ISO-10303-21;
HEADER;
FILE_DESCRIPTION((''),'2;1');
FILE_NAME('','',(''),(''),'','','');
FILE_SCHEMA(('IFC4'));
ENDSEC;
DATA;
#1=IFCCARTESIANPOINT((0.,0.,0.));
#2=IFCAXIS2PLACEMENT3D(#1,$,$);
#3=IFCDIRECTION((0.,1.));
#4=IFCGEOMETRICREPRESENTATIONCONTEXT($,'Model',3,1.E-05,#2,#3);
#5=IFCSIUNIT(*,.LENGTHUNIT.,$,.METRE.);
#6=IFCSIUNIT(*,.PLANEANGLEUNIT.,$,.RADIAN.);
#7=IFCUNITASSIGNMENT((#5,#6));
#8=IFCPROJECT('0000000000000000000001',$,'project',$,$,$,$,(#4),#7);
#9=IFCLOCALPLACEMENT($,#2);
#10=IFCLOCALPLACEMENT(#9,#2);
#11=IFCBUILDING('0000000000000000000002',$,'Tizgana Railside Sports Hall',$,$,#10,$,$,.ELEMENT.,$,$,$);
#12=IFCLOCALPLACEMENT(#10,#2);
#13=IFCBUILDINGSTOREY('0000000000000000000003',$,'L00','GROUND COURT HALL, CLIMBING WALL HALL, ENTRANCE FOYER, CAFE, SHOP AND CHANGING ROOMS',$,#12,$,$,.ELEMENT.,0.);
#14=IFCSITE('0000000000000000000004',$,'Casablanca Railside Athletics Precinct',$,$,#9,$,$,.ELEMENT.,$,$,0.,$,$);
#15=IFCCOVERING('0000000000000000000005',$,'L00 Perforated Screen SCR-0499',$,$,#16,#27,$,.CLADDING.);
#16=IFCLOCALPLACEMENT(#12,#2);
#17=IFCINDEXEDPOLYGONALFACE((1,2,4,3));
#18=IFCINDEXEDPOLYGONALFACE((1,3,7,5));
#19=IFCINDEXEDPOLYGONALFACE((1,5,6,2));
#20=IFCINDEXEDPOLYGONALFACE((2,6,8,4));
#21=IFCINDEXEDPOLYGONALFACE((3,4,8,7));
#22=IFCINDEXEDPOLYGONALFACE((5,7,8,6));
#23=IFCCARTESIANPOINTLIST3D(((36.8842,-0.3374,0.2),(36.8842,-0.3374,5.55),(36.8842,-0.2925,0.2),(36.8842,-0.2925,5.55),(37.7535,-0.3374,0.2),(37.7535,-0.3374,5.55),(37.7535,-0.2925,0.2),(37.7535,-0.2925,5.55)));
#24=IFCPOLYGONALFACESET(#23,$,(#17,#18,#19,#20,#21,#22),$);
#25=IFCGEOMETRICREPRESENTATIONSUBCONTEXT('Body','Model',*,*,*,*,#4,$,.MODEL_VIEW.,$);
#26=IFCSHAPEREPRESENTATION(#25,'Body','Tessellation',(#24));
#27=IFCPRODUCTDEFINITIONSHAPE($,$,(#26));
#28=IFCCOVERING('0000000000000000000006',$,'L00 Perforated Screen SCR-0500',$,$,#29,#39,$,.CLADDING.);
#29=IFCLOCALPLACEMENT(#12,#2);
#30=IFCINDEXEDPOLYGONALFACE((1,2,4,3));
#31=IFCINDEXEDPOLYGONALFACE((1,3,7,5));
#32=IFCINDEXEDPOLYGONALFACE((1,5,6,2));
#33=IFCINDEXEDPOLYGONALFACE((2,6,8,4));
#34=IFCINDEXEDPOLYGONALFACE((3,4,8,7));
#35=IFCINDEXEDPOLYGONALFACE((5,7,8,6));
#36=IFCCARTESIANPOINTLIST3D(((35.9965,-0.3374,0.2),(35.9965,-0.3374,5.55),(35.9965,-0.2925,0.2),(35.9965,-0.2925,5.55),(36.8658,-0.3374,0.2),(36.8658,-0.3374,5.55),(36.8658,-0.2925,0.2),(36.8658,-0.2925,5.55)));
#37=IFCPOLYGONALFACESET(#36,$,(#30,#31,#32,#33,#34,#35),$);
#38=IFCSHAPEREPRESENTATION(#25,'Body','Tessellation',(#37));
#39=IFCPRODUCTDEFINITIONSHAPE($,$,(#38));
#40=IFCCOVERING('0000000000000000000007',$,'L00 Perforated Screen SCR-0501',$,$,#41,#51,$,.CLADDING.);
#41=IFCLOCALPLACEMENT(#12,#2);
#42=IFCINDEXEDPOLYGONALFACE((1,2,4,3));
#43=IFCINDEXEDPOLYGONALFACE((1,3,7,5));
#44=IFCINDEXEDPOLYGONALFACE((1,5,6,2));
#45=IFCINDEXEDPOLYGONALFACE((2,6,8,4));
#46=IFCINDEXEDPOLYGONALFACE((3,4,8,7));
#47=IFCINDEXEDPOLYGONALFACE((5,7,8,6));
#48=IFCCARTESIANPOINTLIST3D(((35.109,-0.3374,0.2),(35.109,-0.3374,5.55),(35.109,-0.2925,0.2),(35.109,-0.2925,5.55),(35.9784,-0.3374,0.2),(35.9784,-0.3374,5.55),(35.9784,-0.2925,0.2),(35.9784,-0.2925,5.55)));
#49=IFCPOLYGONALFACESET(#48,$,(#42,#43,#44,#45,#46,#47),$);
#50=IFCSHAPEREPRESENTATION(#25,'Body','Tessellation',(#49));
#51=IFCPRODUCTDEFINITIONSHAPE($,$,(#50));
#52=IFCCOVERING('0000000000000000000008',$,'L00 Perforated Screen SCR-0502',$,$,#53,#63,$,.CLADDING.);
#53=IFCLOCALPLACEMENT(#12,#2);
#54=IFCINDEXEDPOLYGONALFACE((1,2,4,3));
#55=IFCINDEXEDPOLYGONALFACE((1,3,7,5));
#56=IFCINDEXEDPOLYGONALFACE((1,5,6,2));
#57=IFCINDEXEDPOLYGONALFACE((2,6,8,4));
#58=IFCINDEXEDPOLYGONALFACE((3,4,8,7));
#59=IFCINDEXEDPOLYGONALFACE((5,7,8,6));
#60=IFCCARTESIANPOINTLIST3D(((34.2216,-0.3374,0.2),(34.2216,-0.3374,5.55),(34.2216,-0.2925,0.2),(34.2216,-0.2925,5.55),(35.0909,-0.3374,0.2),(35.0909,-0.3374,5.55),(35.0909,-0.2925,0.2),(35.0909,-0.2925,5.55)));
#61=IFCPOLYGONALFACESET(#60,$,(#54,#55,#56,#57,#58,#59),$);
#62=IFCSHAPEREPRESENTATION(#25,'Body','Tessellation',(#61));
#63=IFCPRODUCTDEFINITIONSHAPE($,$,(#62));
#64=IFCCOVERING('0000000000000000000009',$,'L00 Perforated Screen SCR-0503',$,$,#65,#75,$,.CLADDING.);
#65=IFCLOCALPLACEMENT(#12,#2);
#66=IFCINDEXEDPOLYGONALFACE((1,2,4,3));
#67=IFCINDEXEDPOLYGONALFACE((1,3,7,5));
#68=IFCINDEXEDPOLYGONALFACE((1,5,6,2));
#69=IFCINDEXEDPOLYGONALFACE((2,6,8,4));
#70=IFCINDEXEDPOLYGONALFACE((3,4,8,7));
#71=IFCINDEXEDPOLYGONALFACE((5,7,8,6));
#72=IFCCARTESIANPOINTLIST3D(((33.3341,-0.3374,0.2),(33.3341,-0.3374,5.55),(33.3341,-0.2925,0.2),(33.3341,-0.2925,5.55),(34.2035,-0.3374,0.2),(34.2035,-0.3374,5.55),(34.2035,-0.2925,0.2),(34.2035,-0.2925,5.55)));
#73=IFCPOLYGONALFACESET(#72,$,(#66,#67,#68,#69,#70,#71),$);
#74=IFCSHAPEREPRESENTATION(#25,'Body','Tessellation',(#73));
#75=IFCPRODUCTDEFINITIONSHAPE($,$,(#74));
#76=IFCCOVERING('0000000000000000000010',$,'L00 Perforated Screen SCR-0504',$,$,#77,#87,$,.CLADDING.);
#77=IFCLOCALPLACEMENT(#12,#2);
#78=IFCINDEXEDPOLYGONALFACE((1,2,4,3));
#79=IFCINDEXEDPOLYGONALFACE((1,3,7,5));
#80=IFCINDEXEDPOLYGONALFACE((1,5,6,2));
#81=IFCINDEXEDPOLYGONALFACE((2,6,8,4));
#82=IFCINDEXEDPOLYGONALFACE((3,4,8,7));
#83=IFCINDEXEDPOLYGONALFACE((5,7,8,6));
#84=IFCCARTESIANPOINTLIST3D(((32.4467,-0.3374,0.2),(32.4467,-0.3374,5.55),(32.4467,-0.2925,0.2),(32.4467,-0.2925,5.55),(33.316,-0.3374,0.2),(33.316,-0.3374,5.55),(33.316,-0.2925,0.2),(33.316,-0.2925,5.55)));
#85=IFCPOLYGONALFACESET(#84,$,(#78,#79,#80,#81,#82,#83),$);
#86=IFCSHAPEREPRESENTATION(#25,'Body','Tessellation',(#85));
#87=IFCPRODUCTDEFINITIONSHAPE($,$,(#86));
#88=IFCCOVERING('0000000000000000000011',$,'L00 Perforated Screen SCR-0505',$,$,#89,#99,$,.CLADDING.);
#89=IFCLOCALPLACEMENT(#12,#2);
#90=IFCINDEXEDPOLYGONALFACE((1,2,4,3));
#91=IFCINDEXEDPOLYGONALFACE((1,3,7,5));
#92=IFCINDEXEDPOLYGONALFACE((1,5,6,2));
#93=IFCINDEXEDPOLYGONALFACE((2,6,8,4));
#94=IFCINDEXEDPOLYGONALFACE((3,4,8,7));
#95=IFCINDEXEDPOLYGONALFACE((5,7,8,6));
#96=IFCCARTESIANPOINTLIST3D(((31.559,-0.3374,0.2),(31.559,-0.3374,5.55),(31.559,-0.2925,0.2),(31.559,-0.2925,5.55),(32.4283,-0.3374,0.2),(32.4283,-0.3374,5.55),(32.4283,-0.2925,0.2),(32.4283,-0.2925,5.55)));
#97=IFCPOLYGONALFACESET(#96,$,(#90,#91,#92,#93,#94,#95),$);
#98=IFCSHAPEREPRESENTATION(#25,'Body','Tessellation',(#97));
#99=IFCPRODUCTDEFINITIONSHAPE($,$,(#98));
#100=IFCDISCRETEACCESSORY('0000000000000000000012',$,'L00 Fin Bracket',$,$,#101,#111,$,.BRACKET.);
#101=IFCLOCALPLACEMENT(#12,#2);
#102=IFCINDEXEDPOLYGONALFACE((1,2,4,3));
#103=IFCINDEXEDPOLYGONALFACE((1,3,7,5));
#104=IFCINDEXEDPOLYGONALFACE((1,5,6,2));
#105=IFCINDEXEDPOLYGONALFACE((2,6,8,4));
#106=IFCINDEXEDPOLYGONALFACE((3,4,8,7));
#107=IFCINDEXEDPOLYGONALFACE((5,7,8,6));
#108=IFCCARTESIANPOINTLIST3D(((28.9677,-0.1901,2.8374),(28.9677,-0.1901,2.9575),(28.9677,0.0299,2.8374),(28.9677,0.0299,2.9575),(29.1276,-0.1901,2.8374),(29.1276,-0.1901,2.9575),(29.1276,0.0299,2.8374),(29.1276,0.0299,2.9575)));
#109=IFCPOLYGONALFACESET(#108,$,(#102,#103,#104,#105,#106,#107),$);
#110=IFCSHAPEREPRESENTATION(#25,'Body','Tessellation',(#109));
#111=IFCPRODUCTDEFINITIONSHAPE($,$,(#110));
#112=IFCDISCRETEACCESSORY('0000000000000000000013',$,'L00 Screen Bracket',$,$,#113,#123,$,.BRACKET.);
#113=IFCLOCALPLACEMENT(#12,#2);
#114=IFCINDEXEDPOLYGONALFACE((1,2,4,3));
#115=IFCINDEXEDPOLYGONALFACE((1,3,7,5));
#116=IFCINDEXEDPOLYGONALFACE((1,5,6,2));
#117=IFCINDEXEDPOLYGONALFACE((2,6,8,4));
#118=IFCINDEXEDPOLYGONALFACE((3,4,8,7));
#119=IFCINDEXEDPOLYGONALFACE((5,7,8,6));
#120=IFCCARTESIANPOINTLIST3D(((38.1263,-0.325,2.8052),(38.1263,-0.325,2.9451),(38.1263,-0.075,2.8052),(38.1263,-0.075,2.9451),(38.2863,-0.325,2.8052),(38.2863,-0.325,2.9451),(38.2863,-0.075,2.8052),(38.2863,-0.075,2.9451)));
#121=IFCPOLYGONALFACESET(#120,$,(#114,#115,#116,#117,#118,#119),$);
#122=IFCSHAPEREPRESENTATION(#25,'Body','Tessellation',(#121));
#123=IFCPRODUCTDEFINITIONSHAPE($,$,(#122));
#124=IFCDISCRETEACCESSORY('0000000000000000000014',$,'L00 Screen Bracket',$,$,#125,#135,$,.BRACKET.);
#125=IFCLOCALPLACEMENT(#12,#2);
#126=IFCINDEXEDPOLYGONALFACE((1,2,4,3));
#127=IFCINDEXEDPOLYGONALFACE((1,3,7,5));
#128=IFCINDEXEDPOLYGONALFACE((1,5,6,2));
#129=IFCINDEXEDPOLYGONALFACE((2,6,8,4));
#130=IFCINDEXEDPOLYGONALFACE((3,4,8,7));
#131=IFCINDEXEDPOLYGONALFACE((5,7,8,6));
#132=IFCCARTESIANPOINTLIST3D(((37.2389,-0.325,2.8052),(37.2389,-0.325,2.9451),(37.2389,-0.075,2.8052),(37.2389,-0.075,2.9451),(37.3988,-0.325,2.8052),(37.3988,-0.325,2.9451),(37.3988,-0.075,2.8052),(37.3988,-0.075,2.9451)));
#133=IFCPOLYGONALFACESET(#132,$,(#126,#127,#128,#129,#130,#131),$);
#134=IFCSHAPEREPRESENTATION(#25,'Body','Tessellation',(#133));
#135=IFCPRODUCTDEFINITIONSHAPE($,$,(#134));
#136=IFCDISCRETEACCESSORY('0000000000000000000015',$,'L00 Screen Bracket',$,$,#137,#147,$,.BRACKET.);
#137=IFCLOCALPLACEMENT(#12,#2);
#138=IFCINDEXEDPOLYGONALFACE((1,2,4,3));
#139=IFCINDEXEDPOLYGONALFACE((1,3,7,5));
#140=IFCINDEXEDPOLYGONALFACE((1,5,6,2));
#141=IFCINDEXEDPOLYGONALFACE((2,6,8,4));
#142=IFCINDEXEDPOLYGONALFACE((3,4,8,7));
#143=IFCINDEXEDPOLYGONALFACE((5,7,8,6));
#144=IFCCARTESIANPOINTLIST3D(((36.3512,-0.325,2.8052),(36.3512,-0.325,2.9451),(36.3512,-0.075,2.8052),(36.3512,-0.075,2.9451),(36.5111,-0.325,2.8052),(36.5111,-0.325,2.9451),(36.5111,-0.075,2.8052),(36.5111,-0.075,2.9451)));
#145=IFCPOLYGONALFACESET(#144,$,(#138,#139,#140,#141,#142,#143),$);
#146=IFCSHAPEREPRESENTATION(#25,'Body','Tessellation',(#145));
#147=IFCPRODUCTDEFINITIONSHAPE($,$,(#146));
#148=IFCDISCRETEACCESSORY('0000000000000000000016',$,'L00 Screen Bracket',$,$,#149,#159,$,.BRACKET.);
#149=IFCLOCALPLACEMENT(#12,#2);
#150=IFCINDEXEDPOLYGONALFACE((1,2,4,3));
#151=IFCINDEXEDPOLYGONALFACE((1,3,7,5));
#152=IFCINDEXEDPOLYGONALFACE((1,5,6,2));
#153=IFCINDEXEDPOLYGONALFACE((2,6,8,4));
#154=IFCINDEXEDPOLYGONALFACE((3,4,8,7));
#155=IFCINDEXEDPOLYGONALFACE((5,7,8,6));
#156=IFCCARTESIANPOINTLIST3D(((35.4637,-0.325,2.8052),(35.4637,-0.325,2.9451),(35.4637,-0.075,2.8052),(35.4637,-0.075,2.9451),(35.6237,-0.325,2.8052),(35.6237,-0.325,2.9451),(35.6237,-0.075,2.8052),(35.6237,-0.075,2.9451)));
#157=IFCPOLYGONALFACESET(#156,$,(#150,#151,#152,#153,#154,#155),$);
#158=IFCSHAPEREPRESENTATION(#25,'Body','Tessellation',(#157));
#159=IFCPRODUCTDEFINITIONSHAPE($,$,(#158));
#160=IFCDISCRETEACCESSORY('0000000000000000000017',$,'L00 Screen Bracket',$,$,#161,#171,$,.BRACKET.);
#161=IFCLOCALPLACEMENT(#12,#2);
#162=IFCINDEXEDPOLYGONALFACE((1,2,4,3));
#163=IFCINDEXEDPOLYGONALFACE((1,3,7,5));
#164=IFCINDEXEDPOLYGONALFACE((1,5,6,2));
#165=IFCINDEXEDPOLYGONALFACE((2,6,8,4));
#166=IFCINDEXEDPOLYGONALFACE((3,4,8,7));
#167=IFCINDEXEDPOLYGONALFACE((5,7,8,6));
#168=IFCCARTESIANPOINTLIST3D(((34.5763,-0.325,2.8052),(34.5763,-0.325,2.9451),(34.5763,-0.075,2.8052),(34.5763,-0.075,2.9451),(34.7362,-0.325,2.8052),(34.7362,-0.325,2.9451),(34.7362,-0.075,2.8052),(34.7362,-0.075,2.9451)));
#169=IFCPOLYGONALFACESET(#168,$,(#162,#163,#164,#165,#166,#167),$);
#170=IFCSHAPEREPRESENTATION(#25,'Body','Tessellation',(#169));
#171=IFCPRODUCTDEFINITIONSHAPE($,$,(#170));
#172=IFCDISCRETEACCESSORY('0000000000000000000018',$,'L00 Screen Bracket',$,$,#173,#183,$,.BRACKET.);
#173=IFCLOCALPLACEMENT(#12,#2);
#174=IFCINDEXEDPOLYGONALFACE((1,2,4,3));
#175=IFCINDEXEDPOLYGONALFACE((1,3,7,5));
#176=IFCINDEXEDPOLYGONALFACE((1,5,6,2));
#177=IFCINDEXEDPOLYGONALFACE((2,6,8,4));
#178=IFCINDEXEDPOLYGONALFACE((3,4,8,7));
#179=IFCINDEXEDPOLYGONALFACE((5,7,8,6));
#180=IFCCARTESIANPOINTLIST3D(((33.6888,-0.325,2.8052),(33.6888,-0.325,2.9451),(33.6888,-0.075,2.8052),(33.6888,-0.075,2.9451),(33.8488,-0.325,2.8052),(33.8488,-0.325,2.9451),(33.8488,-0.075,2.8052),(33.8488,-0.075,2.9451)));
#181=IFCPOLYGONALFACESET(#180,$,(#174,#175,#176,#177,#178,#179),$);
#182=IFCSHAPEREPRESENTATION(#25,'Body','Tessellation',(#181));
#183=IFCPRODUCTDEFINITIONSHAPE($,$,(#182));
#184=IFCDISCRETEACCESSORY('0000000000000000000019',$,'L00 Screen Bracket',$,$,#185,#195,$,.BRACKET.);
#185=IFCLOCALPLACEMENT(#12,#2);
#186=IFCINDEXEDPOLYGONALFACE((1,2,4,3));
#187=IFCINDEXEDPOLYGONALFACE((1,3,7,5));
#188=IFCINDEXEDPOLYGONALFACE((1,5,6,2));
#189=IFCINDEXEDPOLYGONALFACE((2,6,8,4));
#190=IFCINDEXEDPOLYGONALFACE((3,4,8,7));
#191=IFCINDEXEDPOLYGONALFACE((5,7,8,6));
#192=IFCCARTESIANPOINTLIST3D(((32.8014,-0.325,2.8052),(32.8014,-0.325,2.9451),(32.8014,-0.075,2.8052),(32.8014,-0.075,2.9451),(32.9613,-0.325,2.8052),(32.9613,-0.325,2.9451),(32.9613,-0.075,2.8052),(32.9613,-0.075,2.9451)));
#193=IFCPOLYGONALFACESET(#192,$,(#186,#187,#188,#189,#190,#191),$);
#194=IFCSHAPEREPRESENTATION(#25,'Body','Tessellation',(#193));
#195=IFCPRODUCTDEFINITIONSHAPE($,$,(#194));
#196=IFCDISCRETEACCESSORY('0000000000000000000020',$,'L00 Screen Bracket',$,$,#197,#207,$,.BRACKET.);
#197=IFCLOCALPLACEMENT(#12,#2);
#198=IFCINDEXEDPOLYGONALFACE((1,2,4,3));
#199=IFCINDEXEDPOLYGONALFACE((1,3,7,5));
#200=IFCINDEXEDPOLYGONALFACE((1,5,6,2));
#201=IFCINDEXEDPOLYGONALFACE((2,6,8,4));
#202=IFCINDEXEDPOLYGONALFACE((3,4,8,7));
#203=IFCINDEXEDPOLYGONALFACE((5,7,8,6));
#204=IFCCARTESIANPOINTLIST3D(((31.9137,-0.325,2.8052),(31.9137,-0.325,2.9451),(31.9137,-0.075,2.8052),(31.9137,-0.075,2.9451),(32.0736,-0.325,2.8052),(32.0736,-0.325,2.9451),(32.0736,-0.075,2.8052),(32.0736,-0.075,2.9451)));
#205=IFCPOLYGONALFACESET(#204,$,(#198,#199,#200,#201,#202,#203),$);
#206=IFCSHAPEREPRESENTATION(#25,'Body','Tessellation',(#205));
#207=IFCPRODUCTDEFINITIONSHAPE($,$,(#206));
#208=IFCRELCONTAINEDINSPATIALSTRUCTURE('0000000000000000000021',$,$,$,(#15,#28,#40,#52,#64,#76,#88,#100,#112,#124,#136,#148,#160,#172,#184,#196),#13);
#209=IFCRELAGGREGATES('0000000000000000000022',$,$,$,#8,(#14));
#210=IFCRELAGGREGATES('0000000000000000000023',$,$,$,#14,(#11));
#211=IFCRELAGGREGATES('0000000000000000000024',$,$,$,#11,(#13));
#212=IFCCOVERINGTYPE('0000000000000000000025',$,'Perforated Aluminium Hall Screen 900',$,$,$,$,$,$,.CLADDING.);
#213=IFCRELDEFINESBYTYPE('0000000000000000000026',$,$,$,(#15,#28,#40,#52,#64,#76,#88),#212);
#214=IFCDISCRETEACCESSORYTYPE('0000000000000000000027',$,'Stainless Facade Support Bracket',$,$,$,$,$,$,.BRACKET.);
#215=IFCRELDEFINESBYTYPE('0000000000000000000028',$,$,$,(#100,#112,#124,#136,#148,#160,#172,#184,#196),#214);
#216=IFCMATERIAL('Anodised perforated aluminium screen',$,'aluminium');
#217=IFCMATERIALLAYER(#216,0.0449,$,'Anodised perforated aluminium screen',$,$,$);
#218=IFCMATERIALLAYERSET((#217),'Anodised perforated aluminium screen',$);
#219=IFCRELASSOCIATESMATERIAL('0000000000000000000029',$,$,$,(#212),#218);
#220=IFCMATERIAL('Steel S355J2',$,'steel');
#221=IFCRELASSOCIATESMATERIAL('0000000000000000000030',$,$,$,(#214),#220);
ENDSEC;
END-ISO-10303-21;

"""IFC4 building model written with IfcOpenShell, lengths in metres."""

from ifc_helpers import new_model, si_unit, direction, frame, origin, origin_2d, place, context, subcontext, project, spatial, rectangle, extrude, material, layer, layer_set, type_object, element, save


model = new_model("IFC4")

# Units and contexts
model_context = context("Model", 3, precision=1e-05, world=origin(), true_north=direction((0.0, 1.0)))
body_context = subcontext(model_context, "Body", "Model", "MODEL_VIEW")
ifc_project = project(units=[si_unit("LENGTHUNIT", "METRE"), si_unit("PLANEANGLEUNIT", "RADIAN")], contexts=[model_context])

# Site, building, storey
site_placement = place(None, origin())
site = spatial("IfcSite", under=ifc_project, at=site_placement, Name="Casablanca Railside Athletics Precinct", CompositionType="ELEMENT", RefElevation=0.0)
building_placement = place(site_placement, origin())
building = spatial("IfcBuilding", under=site, at=building_placement, Name="Tizgana Railside Sports Hall", CompositionType="ELEMENT")
storey_placement = place(building_placement, origin())
storey = spatial("IfcBuildingStorey", under=building, at=storey_placement, Name="L00", Description="GROUND COURT HALL, CLIMBING WALL HALL, ENTRANCE FOYER, CAFE, SHOP AND CHANGING ROOMS", CompositionType="ELEMENT", Elevation=0.0)

# Coverings
ifc_material_1 = material(Name="Anodised perforated aluminium screen", Category="aluminium")
ifc_layer_1 = layer(ifc_material_1, 0.0449, Name="Anodised perforated aluminium screen")
ifc_layer_set_1 = layer_set([ifc_layer_1], Name="Anodised perforated aluminium screen")
covering_type_1 = type_object("IfcCoveringType", Name="Perforated Aluminium Hall Screen 900", PredefinedType="CLADDING", material=ifc_layer_set_1)
for number, where, z_axis, x_axis, name in (
    (1, (37.3188, -0.3149, 0.2), (0.0, 0.0, 1.0), (-1.0, 0.0, 0.0), "L00 Perforated Screen SCR-0499"),
    (2, (36.4312, -0.3149, 0.2), (0.0, 0.0, 1.0), (-1.0, 0.0, 0.0), "L00 Perforated Screen SCR-0500"),
    (3, (35.5437, -0.3149, 0.2), (0.0, 0.0, 1.0), (-1.0, 0.0, 0.0), "L00 Perforated Screen SCR-0501"),
    (4, (34.6562, -0.3149, 0.2), (0.0, 0.0, 1.0), (-1.0, 0.0, 0.0), "L00 Perforated Screen SCR-0502"),
    (5, (33.7688, -0.3149, 0.2), (0.0, 0.0, 1.0), (-1.0, 0.0, 0.0), "L00 Perforated Screen SCR-0503"),
    (6, (32.8813, -0.3149, 0.2), (0.0, 0.0, 1.0), (-1.0, 0.0, 0.0), "L00 Perforated Screen SCR-0504"),
    (7, (31.9937, -0.3149, 0.2), (0.0, 0.0, 1.0), (-1.0, 0.0, 0.0), "L00 Perforated Screen SCR-0505"),
):
    element("IfcCovering", number, at=place(storey_placement, frame(where, z_axis=z_axis, x_axis=x_axis)), inside=storey, type_object=covering_type_1, Name=name, PredefinedType="CLADDING", context=body_context, shape_type="SweptSolid", body=[
        extrude(rectangle(XDim=0.8694, YDim=0.0449, at=origin_2d()), origin(), (0.0, 0.0, 1.0), 5.3501),
    ])

# Discrete accessories
ifc_material_2 = material(Name="Steel S355J2", Category="steel")
discrete_accessory_type = type_object("IfcDiscreteAccessoryType", Name="Stainless Facade Support Bracket", PredefinedType="BRACKET", material=ifc_material_2)
discrete_accessory_placement = place(storey_placement, frame((29.0476, -0.0801, 2.8374), z_axis=(0.0, 0.0, 1.0), x_axis=(-1.0, 0.0, 0.0)))
element("IfcDiscreteAccessory", 8, at=discrete_accessory_placement, inside=storey, type_object=discrete_accessory_type, Name="L00 Fin Bracket", PredefinedType="BRACKET", context=body_context, shape_type="SweptSolid", body=[
    extrude(rectangle(XDim=0.1599, YDim=0.22, at=origin_2d()), origin(), (0.0, 0.0, 1.0), 0.1201),
])
for number, where, z_axis, x_axis, name in (
    (9, (38.2063, -0.2, 2.8052), (0.0, 0.0, 1.0), (-1.0, 0.0, 0.0), "L00 Screen Bracket"),
    (10, (37.3188, -0.2, 2.8052), (0.0, 0.0, 1.0), (-1.0, 0.0, 0.0), "L00 Screen Bracket"),
    (11, (36.4312, -0.2, 2.8052), (0.0, 0.0, 1.0), (-1.0, 0.0, 0.0), "L00 Screen Bracket"),
    (12, (35.5437, -0.2, 2.8052), (0.0, 0.0, 1.0), (-1.0, 0.0, 0.0), "L00 Screen Bracket"),
    (13, (34.6562, -0.2, 2.8052), (0.0, 0.0, 1.0), (-1.0, 0.0, 0.0), "L00 Screen Bracket"),
    (14, (33.7688, -0.2, 2.8052), (0.0, 0.0, 1.0), (-1.0, 0.0, 0.0), "L00 Screen Bracket"),
    (15, (32.8813, -0.2, 2.8052), (0.0, 0.0, 1.0), (-1.0, 0.0, 0.0), "L00 Screen Bracket"),
    (16, (31.9937, -0.2, 2.8052), (0.0, 0.0, 1.0), (-1.0, 0.0, 0.0), "L00 Screen Bracket"),
):
    element("IfcDiscreteAccessory", number, at=place(storey_placement, frame(where, z_axis=z_axis, x_axis=x_axis)), inside=storey, type_object=discrete_accessory_type, Name=name, PredefinedType="BRACKET", context=body_context, shape_type="SweptSolid", body=[
        extrude(rectangle(XDim=0.1599, YDim=0.25, at=origin_2d()), origin(), (0.0, 0.0, 1.0), 0.1399),
    ])

save(model, "model.ifc")
